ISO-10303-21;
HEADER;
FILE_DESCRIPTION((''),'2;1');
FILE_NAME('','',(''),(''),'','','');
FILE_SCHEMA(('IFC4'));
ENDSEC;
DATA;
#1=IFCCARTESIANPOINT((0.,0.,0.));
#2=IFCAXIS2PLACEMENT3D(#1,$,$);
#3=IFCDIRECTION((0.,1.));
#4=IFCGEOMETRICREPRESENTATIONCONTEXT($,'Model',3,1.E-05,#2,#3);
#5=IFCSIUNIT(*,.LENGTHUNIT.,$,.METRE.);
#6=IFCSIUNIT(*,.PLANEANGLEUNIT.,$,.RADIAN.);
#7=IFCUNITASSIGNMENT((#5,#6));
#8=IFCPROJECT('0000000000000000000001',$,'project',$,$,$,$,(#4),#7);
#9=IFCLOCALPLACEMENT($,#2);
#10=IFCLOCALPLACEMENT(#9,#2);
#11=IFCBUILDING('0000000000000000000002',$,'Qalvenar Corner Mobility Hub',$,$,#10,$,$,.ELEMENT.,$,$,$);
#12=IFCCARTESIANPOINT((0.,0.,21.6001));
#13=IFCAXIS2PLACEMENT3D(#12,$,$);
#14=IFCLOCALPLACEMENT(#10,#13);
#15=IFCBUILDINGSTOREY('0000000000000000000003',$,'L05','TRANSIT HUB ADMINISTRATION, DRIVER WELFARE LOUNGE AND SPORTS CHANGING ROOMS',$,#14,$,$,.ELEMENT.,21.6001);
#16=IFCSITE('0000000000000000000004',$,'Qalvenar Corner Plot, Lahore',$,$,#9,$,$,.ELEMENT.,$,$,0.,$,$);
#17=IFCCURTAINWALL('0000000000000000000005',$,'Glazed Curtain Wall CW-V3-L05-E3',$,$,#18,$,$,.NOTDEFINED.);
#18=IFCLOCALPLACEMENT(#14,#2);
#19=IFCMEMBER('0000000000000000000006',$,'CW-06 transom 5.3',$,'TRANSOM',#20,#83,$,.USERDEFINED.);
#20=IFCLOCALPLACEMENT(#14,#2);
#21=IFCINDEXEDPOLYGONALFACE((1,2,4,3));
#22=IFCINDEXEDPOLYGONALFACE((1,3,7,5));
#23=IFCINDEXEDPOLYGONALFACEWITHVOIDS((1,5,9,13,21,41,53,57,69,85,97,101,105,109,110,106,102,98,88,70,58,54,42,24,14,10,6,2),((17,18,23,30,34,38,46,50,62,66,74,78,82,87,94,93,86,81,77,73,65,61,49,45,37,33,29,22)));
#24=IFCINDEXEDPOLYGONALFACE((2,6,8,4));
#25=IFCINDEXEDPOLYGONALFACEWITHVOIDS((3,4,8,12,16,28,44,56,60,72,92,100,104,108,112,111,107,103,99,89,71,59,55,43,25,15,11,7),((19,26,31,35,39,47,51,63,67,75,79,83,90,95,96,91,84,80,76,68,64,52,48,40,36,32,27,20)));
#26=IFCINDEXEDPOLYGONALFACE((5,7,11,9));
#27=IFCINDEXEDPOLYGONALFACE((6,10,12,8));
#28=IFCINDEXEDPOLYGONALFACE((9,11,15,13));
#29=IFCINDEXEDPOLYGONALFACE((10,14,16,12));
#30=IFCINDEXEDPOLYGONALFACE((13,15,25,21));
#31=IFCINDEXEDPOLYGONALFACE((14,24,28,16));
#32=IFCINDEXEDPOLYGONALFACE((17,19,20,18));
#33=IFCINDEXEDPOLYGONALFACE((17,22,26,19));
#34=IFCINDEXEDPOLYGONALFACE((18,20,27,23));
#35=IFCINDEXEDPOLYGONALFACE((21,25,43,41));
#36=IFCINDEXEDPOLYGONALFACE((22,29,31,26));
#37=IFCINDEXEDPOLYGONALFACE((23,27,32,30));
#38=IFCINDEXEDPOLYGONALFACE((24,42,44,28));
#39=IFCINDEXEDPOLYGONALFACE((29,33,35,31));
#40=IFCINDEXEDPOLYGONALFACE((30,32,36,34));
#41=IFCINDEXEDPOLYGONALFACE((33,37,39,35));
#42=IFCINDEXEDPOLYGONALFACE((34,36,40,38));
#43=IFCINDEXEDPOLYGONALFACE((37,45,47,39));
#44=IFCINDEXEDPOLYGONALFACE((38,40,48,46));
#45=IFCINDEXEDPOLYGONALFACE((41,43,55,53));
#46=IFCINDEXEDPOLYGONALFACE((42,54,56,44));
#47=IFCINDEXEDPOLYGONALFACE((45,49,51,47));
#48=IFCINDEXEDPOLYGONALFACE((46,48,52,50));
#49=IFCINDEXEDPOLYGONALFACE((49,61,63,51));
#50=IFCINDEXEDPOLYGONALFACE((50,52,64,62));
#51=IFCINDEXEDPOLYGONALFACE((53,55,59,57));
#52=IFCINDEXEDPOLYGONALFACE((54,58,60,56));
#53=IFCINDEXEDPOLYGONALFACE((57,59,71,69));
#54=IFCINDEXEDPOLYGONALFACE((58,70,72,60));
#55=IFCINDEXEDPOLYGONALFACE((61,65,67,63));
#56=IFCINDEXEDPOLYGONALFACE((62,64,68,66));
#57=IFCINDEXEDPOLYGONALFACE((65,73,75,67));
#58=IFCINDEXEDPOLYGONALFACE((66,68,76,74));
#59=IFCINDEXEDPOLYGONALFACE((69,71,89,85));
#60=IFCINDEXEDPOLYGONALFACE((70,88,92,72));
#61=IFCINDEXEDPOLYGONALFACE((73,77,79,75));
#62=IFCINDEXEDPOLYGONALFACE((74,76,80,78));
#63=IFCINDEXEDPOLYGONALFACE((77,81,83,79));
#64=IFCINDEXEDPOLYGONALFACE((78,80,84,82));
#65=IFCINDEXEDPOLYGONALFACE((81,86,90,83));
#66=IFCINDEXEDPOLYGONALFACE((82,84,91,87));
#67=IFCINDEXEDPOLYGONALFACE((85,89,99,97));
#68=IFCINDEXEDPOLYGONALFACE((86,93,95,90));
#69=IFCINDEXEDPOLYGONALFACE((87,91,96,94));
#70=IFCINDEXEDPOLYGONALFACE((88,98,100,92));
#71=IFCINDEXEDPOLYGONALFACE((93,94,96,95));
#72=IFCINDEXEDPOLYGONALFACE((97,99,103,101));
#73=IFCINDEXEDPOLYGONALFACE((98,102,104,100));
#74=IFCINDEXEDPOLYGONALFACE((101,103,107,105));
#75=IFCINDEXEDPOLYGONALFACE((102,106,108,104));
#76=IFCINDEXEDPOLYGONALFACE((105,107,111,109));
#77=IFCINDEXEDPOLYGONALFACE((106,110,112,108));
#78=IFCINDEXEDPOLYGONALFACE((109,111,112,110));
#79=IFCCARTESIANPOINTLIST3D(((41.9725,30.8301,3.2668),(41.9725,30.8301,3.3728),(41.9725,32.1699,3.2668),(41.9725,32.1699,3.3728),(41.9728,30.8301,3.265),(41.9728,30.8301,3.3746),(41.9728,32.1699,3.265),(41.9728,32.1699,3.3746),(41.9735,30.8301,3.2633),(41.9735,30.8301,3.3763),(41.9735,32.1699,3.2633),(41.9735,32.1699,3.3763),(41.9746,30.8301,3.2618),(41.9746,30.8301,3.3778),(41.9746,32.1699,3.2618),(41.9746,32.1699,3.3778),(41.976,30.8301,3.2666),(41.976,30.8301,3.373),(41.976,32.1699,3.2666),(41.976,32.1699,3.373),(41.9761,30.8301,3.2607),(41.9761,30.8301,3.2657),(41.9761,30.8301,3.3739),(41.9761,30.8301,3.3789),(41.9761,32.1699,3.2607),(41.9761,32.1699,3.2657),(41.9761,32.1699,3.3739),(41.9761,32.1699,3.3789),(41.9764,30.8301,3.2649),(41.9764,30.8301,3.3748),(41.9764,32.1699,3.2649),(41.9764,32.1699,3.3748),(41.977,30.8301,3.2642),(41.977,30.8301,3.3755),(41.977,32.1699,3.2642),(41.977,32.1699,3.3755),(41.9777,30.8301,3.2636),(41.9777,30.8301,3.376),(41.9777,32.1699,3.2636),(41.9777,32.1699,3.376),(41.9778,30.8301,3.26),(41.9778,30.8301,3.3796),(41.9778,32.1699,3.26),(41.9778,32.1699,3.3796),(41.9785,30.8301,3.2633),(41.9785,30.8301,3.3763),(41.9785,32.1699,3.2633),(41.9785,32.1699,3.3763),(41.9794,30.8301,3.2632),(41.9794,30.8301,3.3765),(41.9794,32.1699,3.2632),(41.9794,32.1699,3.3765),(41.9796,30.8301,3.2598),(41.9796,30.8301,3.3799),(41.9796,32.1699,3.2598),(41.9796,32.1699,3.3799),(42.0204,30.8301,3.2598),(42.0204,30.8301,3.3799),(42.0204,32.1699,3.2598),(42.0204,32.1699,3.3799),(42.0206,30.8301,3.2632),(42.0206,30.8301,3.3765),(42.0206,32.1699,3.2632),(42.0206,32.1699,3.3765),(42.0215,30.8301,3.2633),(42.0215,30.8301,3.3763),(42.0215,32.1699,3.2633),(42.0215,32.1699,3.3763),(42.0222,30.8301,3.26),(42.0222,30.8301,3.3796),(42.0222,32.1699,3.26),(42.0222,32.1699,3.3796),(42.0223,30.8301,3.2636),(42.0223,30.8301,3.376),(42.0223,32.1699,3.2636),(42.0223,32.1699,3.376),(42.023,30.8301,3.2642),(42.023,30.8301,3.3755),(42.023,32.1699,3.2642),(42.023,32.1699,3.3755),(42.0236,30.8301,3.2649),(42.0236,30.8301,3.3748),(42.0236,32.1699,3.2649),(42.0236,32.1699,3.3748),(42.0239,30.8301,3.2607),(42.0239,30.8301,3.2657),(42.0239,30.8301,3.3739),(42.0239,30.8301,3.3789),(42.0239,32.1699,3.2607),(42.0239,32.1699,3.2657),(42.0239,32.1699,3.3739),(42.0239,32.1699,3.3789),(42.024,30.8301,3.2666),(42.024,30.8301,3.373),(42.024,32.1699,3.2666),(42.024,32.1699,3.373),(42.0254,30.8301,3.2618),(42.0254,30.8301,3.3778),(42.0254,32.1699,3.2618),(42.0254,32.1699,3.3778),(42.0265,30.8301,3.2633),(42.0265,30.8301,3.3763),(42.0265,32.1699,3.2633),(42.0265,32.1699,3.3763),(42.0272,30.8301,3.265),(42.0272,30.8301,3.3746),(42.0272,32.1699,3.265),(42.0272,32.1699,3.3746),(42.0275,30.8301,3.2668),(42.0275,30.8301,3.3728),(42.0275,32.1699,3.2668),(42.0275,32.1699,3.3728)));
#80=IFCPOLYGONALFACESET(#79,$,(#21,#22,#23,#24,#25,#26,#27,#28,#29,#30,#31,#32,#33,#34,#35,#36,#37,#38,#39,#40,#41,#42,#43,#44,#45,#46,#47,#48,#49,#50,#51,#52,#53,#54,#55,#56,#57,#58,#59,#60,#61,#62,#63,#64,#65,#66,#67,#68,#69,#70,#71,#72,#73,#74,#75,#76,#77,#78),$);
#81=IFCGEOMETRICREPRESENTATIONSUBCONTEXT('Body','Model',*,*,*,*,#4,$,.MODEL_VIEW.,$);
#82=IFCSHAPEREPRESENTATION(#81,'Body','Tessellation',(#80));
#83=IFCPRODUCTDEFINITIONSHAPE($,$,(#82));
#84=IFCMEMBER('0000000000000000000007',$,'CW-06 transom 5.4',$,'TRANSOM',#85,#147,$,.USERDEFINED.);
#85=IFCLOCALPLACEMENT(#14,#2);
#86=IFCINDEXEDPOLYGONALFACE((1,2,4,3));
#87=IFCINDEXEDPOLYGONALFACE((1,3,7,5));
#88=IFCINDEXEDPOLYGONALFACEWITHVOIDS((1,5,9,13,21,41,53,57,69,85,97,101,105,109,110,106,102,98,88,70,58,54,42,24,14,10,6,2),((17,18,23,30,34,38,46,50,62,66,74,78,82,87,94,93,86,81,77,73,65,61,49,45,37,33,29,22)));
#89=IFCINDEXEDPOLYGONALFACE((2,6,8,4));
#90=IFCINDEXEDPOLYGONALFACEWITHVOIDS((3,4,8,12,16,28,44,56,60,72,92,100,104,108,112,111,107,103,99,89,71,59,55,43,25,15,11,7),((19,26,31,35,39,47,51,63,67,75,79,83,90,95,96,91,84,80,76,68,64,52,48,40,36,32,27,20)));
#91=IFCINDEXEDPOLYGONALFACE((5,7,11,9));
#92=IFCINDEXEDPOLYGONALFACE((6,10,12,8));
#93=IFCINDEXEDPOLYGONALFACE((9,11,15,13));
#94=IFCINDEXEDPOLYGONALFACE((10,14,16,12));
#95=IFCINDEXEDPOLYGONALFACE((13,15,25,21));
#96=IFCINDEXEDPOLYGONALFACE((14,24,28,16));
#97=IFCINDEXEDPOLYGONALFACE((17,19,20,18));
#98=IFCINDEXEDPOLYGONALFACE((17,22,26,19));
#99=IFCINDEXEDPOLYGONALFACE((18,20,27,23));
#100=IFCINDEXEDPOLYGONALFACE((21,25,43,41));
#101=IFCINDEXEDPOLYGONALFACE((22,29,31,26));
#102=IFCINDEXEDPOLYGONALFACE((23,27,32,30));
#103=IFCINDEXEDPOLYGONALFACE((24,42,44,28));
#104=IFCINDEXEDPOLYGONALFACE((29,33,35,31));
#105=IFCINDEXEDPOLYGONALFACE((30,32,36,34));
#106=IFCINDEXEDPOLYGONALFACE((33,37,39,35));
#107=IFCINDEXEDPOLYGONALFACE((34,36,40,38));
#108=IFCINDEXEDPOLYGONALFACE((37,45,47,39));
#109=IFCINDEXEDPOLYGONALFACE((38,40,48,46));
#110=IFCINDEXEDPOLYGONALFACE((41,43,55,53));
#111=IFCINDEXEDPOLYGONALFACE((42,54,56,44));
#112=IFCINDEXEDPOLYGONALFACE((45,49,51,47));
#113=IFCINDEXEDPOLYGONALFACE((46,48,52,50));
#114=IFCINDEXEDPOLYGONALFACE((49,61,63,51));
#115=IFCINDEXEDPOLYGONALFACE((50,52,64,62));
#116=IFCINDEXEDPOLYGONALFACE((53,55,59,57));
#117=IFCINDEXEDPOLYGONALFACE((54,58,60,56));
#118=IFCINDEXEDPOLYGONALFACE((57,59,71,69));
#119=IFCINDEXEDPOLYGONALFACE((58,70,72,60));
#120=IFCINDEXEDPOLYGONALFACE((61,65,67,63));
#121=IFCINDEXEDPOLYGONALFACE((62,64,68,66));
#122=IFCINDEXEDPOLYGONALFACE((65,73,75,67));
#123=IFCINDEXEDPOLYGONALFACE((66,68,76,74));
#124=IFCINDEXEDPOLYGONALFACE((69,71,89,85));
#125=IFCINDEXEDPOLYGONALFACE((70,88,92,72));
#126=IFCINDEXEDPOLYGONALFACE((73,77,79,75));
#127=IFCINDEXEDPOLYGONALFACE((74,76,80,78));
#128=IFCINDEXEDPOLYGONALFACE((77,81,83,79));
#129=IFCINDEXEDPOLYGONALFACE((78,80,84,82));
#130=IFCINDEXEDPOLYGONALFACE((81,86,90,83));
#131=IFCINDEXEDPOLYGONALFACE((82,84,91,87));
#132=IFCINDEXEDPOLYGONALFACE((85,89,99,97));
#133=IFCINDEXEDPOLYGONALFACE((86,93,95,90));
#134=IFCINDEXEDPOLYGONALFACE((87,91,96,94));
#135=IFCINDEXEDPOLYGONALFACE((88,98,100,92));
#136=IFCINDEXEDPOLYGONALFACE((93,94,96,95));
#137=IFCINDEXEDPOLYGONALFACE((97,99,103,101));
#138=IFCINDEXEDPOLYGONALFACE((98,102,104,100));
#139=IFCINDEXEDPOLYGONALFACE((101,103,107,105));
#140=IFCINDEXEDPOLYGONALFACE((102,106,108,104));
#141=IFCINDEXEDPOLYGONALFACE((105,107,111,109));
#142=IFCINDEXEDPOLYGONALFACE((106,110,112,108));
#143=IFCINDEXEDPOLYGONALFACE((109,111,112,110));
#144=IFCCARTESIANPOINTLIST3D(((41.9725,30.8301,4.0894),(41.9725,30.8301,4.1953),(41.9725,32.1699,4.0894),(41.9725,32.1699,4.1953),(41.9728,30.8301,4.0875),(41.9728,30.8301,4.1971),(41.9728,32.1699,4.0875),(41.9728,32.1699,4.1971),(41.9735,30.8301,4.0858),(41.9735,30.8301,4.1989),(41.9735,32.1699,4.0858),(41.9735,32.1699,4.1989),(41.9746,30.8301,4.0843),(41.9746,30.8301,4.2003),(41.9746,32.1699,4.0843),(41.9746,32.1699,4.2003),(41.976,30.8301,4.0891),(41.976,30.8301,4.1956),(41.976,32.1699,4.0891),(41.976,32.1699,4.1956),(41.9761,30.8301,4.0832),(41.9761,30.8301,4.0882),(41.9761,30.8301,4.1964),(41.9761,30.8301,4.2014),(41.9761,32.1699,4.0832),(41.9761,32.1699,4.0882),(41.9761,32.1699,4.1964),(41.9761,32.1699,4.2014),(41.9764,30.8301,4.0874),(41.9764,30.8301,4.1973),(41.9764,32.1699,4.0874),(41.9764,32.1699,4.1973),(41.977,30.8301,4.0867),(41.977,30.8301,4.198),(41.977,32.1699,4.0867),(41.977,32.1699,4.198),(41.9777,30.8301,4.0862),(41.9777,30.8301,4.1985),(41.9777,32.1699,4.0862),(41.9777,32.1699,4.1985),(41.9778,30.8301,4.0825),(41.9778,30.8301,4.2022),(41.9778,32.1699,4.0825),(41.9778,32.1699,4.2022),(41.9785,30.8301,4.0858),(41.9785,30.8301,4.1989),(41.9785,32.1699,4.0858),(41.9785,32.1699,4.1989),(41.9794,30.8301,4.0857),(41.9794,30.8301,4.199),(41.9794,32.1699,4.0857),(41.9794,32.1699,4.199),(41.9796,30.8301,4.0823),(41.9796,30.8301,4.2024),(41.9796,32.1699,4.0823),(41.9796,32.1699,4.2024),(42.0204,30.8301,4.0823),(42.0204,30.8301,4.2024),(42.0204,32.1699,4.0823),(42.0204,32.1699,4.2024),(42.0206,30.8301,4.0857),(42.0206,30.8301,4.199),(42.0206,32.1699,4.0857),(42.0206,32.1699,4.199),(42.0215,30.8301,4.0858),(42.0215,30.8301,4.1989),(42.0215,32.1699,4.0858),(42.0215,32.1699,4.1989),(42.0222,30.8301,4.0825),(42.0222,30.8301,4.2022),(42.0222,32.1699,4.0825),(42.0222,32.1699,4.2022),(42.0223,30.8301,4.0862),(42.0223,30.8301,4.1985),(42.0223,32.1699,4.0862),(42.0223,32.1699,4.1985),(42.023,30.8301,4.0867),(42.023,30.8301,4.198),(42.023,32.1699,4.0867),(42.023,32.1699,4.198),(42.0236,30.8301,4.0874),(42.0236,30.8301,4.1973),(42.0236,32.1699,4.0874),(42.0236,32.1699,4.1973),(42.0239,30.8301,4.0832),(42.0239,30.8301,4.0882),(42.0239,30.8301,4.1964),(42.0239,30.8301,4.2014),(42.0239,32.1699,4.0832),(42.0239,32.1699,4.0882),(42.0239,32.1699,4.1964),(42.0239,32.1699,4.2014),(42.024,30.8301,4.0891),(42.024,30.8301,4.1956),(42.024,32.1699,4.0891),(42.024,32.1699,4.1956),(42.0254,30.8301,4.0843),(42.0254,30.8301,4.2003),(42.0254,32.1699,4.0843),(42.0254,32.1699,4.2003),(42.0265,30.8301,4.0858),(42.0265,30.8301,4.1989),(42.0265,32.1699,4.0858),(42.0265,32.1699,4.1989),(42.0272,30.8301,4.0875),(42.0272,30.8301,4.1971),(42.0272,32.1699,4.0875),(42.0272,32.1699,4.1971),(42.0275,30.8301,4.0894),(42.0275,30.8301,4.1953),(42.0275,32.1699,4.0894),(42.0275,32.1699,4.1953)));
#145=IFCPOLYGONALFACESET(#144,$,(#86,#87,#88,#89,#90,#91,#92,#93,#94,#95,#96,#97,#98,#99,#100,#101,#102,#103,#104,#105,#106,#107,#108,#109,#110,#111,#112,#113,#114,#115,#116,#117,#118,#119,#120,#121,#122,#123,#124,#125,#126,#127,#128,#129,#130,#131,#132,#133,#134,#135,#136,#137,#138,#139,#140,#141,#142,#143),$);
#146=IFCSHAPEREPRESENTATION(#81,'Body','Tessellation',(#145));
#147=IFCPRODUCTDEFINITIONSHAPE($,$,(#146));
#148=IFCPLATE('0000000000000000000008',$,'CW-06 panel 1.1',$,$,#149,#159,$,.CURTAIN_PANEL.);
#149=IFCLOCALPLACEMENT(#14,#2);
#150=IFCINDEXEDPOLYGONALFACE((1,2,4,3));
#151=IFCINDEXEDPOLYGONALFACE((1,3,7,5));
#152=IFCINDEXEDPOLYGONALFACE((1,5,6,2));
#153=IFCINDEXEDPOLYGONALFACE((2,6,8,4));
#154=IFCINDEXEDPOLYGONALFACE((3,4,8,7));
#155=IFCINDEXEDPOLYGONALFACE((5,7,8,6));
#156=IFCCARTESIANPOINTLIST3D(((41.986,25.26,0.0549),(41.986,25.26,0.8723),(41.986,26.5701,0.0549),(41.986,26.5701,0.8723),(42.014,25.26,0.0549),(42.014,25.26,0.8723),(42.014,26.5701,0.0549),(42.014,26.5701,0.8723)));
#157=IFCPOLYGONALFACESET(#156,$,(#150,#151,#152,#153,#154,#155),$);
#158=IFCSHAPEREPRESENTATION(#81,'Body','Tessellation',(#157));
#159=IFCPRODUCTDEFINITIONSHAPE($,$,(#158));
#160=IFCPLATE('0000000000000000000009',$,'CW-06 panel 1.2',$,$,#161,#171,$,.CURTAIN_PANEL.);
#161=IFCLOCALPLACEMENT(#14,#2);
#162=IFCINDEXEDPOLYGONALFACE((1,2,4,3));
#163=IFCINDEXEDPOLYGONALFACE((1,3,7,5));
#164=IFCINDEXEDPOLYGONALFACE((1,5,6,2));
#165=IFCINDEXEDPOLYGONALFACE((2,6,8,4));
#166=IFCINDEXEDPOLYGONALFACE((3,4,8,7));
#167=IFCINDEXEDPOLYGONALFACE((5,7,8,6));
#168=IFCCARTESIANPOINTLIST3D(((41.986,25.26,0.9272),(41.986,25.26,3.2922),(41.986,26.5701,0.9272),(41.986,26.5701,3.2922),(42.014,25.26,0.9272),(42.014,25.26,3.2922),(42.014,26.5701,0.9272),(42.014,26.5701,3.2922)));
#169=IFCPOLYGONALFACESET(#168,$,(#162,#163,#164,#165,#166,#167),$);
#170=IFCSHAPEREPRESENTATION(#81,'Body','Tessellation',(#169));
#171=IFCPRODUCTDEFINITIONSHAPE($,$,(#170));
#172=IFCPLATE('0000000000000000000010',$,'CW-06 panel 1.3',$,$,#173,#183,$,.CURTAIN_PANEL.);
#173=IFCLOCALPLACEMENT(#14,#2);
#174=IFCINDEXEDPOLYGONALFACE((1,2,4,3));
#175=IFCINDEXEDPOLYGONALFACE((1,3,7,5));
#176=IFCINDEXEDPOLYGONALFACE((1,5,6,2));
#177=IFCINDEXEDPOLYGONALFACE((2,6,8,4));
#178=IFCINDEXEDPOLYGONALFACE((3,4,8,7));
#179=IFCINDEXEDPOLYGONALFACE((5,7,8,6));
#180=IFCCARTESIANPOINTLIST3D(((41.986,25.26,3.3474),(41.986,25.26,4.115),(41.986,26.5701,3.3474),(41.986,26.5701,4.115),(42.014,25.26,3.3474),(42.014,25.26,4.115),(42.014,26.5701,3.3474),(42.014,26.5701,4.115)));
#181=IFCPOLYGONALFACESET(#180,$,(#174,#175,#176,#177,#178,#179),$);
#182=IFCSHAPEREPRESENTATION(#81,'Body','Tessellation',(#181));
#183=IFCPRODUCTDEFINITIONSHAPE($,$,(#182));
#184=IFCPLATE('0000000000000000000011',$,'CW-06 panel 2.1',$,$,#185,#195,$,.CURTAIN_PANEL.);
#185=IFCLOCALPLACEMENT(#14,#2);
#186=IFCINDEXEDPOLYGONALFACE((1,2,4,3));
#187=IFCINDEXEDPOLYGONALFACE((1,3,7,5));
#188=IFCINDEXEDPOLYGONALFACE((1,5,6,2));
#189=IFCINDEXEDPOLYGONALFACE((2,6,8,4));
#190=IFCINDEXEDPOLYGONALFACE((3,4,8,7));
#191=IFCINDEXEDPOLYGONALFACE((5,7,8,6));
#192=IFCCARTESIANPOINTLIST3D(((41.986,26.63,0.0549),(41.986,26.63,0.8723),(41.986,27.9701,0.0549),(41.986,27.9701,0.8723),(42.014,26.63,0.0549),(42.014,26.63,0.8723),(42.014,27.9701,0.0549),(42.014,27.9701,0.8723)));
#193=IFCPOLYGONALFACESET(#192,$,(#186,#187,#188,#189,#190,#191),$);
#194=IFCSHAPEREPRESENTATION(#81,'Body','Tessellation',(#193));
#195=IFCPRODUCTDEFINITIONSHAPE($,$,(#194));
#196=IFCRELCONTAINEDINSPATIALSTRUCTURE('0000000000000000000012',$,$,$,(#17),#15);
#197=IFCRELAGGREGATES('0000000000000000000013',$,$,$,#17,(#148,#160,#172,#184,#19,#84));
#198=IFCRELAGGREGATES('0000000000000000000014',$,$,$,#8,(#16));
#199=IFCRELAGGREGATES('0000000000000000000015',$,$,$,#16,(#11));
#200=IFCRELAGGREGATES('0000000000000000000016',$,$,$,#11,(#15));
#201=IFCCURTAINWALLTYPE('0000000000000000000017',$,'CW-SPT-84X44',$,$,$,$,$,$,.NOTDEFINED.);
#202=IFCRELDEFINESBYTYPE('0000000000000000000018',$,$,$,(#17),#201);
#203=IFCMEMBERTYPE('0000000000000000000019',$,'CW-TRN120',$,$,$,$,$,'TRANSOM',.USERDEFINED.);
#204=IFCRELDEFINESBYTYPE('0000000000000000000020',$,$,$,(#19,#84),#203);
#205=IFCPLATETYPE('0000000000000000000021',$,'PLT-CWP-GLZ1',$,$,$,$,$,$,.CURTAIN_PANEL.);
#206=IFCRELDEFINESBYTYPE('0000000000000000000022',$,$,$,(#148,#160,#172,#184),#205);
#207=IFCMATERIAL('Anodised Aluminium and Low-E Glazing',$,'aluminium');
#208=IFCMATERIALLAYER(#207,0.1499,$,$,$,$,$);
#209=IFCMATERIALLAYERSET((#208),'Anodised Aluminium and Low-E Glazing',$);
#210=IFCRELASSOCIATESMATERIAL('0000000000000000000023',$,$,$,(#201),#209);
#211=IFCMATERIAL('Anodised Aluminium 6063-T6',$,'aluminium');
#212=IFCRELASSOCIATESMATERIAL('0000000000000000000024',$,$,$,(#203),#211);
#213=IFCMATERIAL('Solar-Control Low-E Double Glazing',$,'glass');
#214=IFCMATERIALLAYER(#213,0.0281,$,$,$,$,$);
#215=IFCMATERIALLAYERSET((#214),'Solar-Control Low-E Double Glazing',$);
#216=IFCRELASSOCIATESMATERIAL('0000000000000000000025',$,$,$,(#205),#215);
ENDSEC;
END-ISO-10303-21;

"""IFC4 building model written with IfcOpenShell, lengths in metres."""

from ifc_helpers import new_model, si_unit, direction, frame, origin, origin_2d, place, context, subcontext, project, spatial, rectangle, hollow_rectangle, extrude, material, layer, layer_set, material_profile, profile_set, type_object, element, aggregate, save


model = new_model("IFC4")

# Units and contexts
model_context = context("Model", 3, precision=1e-05, world=origin(), true_north=direction((0.0, 1.0)))
body_context = subcontext(model_context, "Body", "Model", "MODEL_VIEW")
ifc_project = project(units=[si_unit("LENGTHUNIT", "METRE"), si_unit("PLANEANGLEUNIT", "RADIAN")], contexts=[model_context])

# Site, building, storey
site_placement = place(None, origin())
site = spatial("IfcSite", under=ifc_project, at=site_placement, Name="Qalvenar Corner Plot, Lahore", CompositionType="ELEMENT", RefElevation=0.0)
building_placement = place(site_placement, origin())
building = spatial("IfcBuilding", under=site, at=building_placement, Name="Qalvenar Corner Mobility Hub", CompositionType="ELEMENT")
storey_placement = place(building_placement, frame((0.0, 0.0, 21.6001)))
storey = spatial("IfcBuildingStorey", under=building, at=storey_placement, Name="L05", Description="TRANSIT HUB ADMINISTRATION, DRIVER WELFARE LOUNGE AND SPORTS CHANGING ROOMS", CompositionType="ELEMENT", Elevation=21.6001)

# Curtain wall, members, plates
ifc_material_1 = material(Name="Anodised Aluminium and Low-E Glazing", Category="aluminium")
ifc_layer_1 = layer(ifc_material_1, 0.1499)
ifc_layer_set_1 = layer_set([ifc_layer_1], Name="Anodised Aluminium and Low-E Glazing")
curtain_wall_type = type_object("IfcCurtainWallType", Name="CW-SPT-84X44", PredefinedType="NOTDEFINED", material=ifc_layer_set_1)
curtain_wall_placement = place(storey_placement, origin())
curtain_wall = element("IfcCurtainWall", 1, at=curtain_wall_placement, inside=storey, type_object=curtain_wall_type, Name="Glazed Curtain Wall CW-V3-L05-E3", PredefinedType="NOTDEFINED")
ifc_material_2 = material(Name="Anodised Aluminium 6063-T6", Category="aluminium")
ifc_material_profile_1 = material_profile(ifc_material_2, hollow_rectangle(XDim=0.0549, YDim=0.1201, WallThickness=0.0034, InnerFilletRadius=0.0034, OuterFilletRadius=0.0071, at=origin_2d()), Name="RHS120x55x3.5")
ifc_profile_set_1 = profile_set([ifc_material_profile_1], Name="Anodised Aluminium 6063-T6")
member_type_1 = type_object("IfcMemberType", Name="CW-TRN120", ElementType="TRANSOM", PredefinedType="USERDEFINED", material=ifc_profile_set_1)
member_1_placement = place(storey_placement, frame((42.0, 30.8301, 3.3198), z_axis=(0.0, 1.0, 0.0), x_axis=(-1.0, 0.0, 0.0)))
member_1 = element("IfcMember", 2, at=member_1_placement, type_object=member_type_1, Name="CW-06 transom 5.3", ObjectType="TRANSOM", PredefinedType="USERDEFINED", context=body_context, shape_type="SweptSolid", body=[
    extrude(hollow_rectangle(XDim=0.0549, YDim=0.1201, WallThickness=0.0034, InnerFilletRadius=0.0034, OuterFilletRadius=0.0071, at=origin_2d()), origin(), (0.0, 0.0, 1.0), 1.3398),
])
member_2_placement = place(storey_placement, frame((42.0, 30.8301, 4.1423), z_axis=(0.0, 1.0, 0.0), x_axis=(-1.0, 0.0, 0.0)))
member_2 = element("IfcMember", 3, at=member_2_placement, type_object=member_type_1, Name="CW-06 transom 5.4", ObjectType="TRANSOM", PredefinedType="USERDEFINED", context=body_context, shape_type="SweptSolid", body=[
    extrude(hollow_rectangle(XDim=0.0549, YDim=0.1201, WallThickness=0.0034, InnerFilletRadius=0.0034, OuterFilletRadius=0.0071, at=origin_2d()), origin(), (0.0, 0.0, 1.0), 1.3398),
])
ifc_material_3 = material(Name="Solar-Control Low-E Double Glazing", Category="glass")
ifc_layer_2 = layer(ifc_material_3, 0.0281)
ifc_layer_set_2 = layer_set([ifc_layer_2], Name="Solar-Control Low-E Double Glazing")
plate_type = type_object("IfcPlateType", Name="PLT-CWP-GLZ1", PredefinedType="CURTAIN_PANEL", material=ifc_layer_set_2)
plate_1_placement = place(storey_placement, frame((42.0, 25.915, 0.0549), z_axis=(0.0, 0.0, 1.0), x_axis=(0.0, 1.0, 0.0)))
plate_1 = element("IfcPlate", 4, at=plate_1_placement, type_object=plate_type, Name="CW-06 panel 1.1", PredefinedType="CURTAIN_PANEL", context=body_context, shape_type="SweptSolid", body=[
    extrude(rectangle(XDim=1.3101, YDim=0.0281, at=origin_2d()), origin(), (0.0, 0.0, 1.0), 0.8174),
])
plate_2_placement = place(storey_placement, frame((42.0, 25.915, 0.9272), z_axis=(0.0, 0.0, 1.0), x_axis=(0.0, 1.0, 0.0)))
plate_2 = element("IfcPlate", 5, at=plate_2_placement, type_object=plate_type, Name="CW-06 panel 1.2", PredefinedType="CURTAIN_PANEL", context=body_context, shape_type="SweptSolid", body=[
    extrude(rectangle(XDim=1.3101, YDim=0.0281, at=origin_2d()), origin(), (0.0, 0.0, 1.0), 2.365),
])
plate_3_placement = place(storey_placement, frame((42.0, 25.915, 3.3474), z_axis=(0.0, 0.0, 1.0), x_axis=(0.0, 1.0, 0.0)))
plate_3 = element("IfcPlate", 6, at=plate_3_placement, type_object=plate_type, Name="CW-06 panel 1.3", PredefinedType="CURTAIN_PANEL", context=body_context, shape_type="SweptSolid", body=[
    extrude(rectangle(XDim=1.3101, YDim=0.0281, at=origin_2d()), origin(), (0.0, 0.0, 1.0), 0.7676),
])
plate_4_placement = place(storey_placement, frame((42.0, 27.3, 0.0549), z_axis=(0.0, 0.0, 1.0), x_axis=(0.0, 1.0, 0.0)))
plate_4 = element("IfcPlate", 7, at=plate_4_placement, type_object=plate_type, Name="CW-06 panel 2.1", PredefinedType="CURTAIN_PANEL", context=body_context, shape_type="SweptSolid", body=[
    extrude(rectangle(XDim=1.3401, YDim=0.0281, at=origin_2d()), origin(), (0.0, 0.0, 1.0), 0.8174),
])
aggregate(curtain_wall, [plate_1, plate_2, plate_3, plate_4, member_1, member_2])

save(model, "model.ifc")
